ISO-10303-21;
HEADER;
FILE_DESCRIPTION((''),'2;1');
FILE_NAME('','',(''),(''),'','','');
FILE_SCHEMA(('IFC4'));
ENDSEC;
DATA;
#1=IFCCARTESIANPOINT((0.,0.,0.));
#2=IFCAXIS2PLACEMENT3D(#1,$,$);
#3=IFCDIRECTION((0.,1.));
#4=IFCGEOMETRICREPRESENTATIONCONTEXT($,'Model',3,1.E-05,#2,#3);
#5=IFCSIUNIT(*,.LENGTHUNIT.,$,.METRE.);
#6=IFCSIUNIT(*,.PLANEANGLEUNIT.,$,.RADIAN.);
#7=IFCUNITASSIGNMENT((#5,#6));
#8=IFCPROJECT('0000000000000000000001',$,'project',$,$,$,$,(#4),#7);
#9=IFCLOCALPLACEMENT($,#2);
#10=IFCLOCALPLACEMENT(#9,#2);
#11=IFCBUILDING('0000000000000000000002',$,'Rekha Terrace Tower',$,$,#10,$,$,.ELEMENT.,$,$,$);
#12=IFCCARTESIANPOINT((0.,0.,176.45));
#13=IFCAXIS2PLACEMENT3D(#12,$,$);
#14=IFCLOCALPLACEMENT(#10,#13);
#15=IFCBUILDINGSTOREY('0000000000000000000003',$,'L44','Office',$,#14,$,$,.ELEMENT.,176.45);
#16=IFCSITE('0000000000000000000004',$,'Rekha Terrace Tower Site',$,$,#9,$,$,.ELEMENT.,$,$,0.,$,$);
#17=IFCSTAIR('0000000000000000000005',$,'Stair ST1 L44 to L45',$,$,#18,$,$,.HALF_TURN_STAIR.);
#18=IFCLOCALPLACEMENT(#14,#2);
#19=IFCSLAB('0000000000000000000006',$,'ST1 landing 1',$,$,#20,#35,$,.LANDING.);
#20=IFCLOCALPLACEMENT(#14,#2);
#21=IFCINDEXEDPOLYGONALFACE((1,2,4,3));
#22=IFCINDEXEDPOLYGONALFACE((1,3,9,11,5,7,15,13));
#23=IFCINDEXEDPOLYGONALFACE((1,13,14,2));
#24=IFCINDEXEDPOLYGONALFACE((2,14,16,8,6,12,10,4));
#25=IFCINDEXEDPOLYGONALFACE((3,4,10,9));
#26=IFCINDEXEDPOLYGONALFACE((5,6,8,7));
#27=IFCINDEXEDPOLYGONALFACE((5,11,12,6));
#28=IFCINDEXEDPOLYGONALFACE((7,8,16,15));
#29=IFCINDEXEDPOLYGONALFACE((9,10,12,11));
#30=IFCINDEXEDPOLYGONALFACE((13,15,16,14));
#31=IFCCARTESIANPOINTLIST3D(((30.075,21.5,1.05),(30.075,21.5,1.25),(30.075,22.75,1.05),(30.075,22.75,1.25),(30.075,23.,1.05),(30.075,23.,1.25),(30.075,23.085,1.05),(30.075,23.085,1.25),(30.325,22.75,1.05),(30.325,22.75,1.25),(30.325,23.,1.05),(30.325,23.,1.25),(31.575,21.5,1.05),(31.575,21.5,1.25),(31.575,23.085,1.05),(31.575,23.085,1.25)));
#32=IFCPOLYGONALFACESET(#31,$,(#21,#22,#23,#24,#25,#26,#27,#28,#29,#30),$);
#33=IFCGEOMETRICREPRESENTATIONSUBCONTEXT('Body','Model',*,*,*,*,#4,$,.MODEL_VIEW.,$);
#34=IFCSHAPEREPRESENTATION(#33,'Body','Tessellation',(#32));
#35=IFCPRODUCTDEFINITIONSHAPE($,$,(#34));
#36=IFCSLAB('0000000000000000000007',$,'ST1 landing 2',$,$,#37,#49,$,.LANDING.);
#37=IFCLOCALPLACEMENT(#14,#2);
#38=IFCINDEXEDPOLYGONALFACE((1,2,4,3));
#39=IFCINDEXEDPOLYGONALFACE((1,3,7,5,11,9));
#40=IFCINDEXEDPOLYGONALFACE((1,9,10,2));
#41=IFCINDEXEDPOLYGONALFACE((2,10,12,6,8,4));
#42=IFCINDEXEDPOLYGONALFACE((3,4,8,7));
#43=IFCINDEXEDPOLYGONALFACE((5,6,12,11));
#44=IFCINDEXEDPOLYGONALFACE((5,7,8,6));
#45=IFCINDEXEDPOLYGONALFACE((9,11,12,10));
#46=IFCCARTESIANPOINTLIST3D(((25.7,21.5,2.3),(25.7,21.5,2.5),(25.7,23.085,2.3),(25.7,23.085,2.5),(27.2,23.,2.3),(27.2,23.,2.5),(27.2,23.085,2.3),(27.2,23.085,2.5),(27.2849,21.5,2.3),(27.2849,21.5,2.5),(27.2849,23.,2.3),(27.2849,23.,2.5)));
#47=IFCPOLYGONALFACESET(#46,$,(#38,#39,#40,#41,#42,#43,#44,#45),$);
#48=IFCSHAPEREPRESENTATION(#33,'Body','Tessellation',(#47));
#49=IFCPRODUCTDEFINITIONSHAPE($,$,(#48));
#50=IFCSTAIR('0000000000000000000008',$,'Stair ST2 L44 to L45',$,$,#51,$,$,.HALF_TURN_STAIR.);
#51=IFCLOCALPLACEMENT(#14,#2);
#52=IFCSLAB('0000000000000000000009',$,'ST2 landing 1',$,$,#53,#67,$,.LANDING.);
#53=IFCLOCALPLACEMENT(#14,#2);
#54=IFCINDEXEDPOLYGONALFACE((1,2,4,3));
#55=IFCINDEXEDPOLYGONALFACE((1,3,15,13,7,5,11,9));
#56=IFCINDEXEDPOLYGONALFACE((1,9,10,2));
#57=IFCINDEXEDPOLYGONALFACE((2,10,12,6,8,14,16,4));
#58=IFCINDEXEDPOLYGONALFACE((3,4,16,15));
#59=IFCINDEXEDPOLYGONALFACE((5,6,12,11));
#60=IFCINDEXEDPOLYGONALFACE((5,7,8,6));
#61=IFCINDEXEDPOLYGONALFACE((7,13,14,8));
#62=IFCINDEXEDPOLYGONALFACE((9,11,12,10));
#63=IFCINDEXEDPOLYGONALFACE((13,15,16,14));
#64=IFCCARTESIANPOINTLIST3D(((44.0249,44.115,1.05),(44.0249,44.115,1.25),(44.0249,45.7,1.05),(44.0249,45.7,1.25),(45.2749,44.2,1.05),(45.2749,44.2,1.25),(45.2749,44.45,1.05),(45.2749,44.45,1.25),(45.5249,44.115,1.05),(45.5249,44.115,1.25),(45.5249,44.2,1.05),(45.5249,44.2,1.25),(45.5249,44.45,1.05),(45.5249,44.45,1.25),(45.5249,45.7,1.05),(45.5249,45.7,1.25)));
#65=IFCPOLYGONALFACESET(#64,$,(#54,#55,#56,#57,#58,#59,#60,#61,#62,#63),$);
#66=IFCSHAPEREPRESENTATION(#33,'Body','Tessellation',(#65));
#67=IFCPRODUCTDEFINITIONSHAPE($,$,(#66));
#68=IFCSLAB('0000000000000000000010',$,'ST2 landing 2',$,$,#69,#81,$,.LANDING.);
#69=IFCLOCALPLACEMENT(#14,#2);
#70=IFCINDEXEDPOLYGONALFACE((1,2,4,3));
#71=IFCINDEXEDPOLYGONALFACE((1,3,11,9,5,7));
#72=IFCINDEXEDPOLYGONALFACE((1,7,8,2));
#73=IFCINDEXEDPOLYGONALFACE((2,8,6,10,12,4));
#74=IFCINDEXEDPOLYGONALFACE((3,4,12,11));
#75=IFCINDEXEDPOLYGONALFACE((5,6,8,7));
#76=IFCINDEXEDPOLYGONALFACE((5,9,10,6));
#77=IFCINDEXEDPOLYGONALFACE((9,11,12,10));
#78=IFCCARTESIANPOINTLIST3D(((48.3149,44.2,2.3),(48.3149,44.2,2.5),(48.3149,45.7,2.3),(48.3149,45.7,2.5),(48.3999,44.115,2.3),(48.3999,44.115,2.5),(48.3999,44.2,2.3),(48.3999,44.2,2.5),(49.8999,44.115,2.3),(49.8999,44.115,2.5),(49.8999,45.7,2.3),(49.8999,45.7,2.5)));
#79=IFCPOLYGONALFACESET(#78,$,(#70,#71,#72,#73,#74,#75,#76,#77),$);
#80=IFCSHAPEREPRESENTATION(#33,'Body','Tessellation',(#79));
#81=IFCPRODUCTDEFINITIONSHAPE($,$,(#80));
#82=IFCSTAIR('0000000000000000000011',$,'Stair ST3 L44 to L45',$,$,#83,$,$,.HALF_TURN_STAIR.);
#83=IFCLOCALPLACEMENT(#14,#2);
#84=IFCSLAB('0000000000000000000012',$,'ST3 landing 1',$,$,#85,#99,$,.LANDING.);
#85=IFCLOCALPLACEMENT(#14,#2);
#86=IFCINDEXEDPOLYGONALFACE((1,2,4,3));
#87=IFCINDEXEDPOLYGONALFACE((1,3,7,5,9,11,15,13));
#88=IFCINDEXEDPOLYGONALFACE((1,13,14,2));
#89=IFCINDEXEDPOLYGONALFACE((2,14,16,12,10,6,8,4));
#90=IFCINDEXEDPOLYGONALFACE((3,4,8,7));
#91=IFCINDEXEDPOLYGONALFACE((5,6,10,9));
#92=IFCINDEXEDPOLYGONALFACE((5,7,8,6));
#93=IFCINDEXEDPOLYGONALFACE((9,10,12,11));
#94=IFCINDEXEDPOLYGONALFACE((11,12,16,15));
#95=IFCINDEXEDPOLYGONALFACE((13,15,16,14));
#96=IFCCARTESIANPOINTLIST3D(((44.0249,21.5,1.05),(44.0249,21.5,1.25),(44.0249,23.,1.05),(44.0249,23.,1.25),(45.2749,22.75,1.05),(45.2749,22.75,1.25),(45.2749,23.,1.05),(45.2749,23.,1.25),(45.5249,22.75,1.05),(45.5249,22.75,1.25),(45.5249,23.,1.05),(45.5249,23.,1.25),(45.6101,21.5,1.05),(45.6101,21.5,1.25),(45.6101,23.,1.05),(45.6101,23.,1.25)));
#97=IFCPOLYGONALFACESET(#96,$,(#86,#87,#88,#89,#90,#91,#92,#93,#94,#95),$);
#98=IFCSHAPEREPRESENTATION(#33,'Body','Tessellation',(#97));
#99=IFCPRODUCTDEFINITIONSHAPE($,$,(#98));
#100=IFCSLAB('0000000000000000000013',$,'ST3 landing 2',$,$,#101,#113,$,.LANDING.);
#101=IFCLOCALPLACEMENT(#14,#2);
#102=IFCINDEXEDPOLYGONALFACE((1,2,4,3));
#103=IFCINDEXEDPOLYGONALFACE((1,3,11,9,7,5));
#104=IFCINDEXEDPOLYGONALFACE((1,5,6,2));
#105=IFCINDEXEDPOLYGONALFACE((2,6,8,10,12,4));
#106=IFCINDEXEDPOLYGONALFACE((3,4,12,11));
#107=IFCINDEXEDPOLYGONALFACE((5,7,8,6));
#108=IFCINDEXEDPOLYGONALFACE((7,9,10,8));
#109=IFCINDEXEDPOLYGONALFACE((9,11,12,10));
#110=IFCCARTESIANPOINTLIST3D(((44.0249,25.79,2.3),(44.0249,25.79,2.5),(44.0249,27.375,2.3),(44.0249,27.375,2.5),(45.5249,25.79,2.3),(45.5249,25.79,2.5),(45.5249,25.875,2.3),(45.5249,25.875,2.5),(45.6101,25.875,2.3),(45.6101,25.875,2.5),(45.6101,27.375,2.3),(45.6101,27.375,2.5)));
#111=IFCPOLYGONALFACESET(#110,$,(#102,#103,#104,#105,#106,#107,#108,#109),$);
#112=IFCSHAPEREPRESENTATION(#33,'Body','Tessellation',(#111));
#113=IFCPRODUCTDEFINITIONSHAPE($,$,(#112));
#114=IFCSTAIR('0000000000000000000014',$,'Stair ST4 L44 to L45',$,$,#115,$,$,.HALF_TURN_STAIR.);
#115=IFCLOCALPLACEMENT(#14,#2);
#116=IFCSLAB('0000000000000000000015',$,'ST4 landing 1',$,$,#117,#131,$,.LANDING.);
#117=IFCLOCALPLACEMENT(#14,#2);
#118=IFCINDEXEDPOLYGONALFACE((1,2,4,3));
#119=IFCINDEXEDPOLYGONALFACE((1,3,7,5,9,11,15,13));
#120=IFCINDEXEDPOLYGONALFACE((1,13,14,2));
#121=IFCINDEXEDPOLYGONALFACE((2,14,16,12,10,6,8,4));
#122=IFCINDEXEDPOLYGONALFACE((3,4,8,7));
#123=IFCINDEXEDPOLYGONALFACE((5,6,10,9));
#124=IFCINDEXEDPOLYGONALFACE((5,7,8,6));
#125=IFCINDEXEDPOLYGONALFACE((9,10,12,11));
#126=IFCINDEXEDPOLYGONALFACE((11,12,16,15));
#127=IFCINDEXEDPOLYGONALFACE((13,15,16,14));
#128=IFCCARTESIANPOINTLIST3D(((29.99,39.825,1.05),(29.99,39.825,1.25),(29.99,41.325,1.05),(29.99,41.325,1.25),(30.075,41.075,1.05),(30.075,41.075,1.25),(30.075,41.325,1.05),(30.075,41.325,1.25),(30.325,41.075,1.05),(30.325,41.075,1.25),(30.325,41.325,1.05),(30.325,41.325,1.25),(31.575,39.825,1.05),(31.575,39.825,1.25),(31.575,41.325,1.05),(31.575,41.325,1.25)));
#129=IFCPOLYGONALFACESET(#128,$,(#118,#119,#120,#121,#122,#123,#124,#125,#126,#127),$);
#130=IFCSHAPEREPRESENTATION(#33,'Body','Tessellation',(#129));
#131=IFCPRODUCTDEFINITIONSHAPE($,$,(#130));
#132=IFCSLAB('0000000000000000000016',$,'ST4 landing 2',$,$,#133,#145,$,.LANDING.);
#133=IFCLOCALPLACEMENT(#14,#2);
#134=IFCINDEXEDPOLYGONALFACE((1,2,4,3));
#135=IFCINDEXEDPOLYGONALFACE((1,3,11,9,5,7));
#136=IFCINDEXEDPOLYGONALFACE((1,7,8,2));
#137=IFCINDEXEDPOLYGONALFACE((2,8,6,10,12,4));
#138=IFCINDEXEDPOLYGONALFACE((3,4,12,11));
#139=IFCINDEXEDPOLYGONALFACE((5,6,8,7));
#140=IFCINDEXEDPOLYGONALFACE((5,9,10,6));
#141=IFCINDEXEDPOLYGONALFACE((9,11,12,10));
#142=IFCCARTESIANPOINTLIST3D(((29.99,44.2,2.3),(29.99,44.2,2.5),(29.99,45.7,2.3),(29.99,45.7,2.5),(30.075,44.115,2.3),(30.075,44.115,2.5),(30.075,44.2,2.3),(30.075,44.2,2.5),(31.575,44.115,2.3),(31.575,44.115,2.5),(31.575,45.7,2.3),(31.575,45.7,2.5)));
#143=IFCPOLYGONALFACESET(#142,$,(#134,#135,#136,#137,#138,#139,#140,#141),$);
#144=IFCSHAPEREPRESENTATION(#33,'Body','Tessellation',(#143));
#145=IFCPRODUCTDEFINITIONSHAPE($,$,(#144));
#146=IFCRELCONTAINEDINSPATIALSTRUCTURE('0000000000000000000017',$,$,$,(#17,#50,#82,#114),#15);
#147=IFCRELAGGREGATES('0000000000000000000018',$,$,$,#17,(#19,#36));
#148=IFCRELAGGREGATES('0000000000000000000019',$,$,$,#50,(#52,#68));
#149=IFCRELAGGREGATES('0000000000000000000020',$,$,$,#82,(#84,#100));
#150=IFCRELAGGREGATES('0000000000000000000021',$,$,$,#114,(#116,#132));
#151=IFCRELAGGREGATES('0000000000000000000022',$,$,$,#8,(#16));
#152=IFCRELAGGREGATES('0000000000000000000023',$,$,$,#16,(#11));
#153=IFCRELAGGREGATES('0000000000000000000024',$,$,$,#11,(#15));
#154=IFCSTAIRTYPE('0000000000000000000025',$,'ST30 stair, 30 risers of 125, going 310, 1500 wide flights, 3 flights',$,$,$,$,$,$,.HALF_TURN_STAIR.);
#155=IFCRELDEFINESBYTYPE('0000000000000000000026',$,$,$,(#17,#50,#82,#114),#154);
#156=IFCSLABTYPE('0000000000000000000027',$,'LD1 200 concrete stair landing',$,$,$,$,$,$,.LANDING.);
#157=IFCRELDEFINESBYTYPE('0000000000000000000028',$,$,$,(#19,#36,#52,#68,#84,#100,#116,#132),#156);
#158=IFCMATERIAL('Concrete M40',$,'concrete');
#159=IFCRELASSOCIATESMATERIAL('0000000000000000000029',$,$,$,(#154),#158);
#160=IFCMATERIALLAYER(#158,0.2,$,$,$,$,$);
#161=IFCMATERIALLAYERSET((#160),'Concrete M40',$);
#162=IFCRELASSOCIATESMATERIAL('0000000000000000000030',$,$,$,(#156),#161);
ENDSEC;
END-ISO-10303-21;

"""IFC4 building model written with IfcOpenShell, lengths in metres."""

from ifc_helpers import new_model, si_unit, direction, frame, origin, place, context, subcontext, project, spatial, polyline, outline, extrude, material, layer, layer_set, type_object, element, aggregate, save


model = new_model("IFC4")

# Units and contexts
model_context = context("Model", 3, precision=1e-05, world=origin(), true_north=direction((0.0, 1.0)))
body_context = subcontext(model_context, "Body", "Model", "MODEL_VIEW")
ifc_project = project(units=[si_unit("LENGTHUNIT", "METRE"), si_unit("PLANEANGLEUNIT", "RADIAN")], contexts=[model_context])

# Site, building, storey
site_placement = place(None, origin())
site = spatial("IfcSite", under=ifc_project, at=site_placement, Name="Rekha Terrace Tower Site", CompositionType="ELEMENT", RefElevation=0.0)
building_placement = place(site_placement, origin())
building = spatial("IfcBuilding", under=site, at=building_placement, Name="Rekha Terrace Tower", CompositionType="ELEMENT")
storey_placement = place(building_placement, frame((0.0, 0.0, 176.45)))
storey = spatial("IfcBuildingStorey", under=building, at=storey_placement, Name="L44", Description="Office", CompositionType="ELEMENT", Elevation=176.45)

# Stairs, slabs
ifc_material_1 = material(Name="Concrete M40", Category="concrete")
stair_type = type_object("IfcStairType", Name="ST30 stair, 30 risers of 125, going 310, 1500 wide flights, 3 flights", PredefinedType="HALF_TURN_STAIR", material=ifc_material_1)
stair_1_placement = place(storey_placement, origin())
stair_1 = element("IfcStair", 1, at=stair_1_placement, inside=storey, type_object=stair_type, Name="Stair ST1 L44 to L45", PredefinedType="HALF_TURN_STAIR")
ifc_layer_1 = layer(ifc_material_1, 0.2)
ifc_layer_set_1 = layer_set([ifc_layer_1], Name="Concrete M40")
slab_type_1 = type_object("IfcSlabType", Name="LD1 200 concrete stair landing", PredefinedType="LANDING", material=ifc_layer_set_1)
slab_1_placement = place(storey_placement, frame((0.0, 0.0, 1.05)))
slab_1 = element("IfcSlab", 2, at=slab_1_placement, type_object=slab_type_1, Name="ST1 landing 1", PredefinedType="LANDING", context=body_context, shape_type="SweptSolid", body=[
    extrude(outline(polyline([(30.075, 21.5), (31.575, 21.5), (31.575, 23.085), (30.075, 23.085), (30.075, 23.0), (30.325, 23.0), (30.325, 22.75), (30.075, 22.75), (30.075, 21.5)])), origin(), (0.0, 0.0, 1.0), 0.2),
])
slab_2_placement = place(storey_placement, frame((0.0, 0.0, 2.3)))
slab_2 = element("IfcSlab", 3, at=slab_2_placement, type_object=slab_type_1, Name="ST1 landing 2", PredefinedType="LANDING", context=body_context, shape_type="SweptSolid", body=[
    extrude(outline(polyline([(27.2, 23.085), (25.7, 23.085), (25.7, 21.5), (27.2849, 21.5), (27.2849, 23.0), (27.2, 23.0), (27.2, 23.085)])), origin(), (0.0, 0.0, 1.0), 0.2),
])
aggregate(stair_1, [slab_1, slab_2])
stair_2_placement = place(storey_placement, origin())
stair_2 = element("IfcStair", 4, at=stair_2_placement, inside=storey, type_object=stair_type, Name="Stair ST2 L44 to L45", PredefinedType="HALF_TURN_STAIR")
slab_3_placement = place(storey_placement, frame((0.0, 0.0, 1.05)))
slab_3 = element("IfcSlab", 5, at=slab_3_placement, type_object=slab_type_1, Name="ST2 landing 1", PredefinedType="LANDING", context=body_context, shape_type="SweptSolid", body=[
    extrude(outline(polyline([(45.5249, 45.7), (44.0249, 45.7), (44.0249, 44.115), (45.5249, 44.115), (45.5249, 44.2), (45.2749, 44.2), (45.2749, 44.45), (45.5249, 44.45), (45.5249, 45.7)])), origin(), (0.0, 0.0, 1.0), 0.2),
])
slab_4_placement = place(storey_placement, frame((0.0, 0.0, 2.3)))
slab_4 = element("IfcSlab", 6, at=slab_4_placement, type_object=slab_type_1, Name="ST2 landing 2", PredefinedType="LANDING", context=body_context, shape_type="SweptSolid", body=[
    extrude(outline(polyline([(48.3999, 44.115), (49.8999, 44.115), (49.8999, 45.7), (48.3149, 45.7), (48.3149, 44.2), (48.3999, 44.2), (48.3999, 44.115)])), origin(), (0.0, 0.0, 1.0), 0.2),
])
aggregate(stair_2, [slab_3, slab_4])
stair_3_placement = place(storey_placement, origin())
stair_3 = element("IfcStair", 7, at=stair_3_placement, inside=storey, type_object=stair_type, Name="Stair ST3 L44 to L45", PredefinedType="HALF_TURN_STAIR")
slab_5_placement = place(storey_placement, frame((0.0, 0.0, 1.05)))
slab_5 = element("IfcSlab", 8, at=slab_5_placement, type_object=slab_type_1, Name="ST3 landing 1", PredefinedType="LANDING", context=body_context, shape_type="SweptSolid", body=[
    extrude(outline(polyline([(44.0249, 23.0), (44.0249, 21.5), (45.6101, 21.5), (45.6101, 23.0), (45.5249, 23.0), (45.5249, 22.75), (45.2749, 22.75), (45.2749, 23.0), (44.0249, 23.0)])), origin(), (0.0, 0.0, 1.0), 0.2),
])
slab_6_placement = place(storey_placement, frame((0.0, 0.0, 2.3)))
slab_6 = element("IfcSlab", 9, at=slab_6_placement, type_object=slab_type_1, Name="ST3 landing 2", PredefinedType="LANDING", context=body_context, shape_type="SweptSolid", body=[
    extrude(outline(polyline([(45.6101, 25.875), (45.6101, 27.375), (44.0249, 27.375), (44.0249, 25.79), (45.5249, 25.79), (45.5249, 25.875), (45.6101, 25.875)])), origin(), (0.0, 0.0, 1.0), 0.2),
])
aggregate(stair_3, [slab_5, slab_6])
stair_4_placement = place(storey_placement, origin())
stair_4 = element("IfcStair", 10, at=stair_4_placement, inside=storey, type_object=stair_type, Name="Stair ST4 L44 to L45", PredefinedType="HALF_TURN_STAIR")
slab_7_placement = place(storey_placement, frame((0.0, 0.0, 1.05)))
slab_7 = element("IfcSlab", 11, at=slab_7_placement, type_object=slab_type_1, Name="ST4 landing 1", PredefinedType="LANDING", context=body_context, shape_type="SweptSolid", body=[
    extrude(outline(polyline([(31.575, 41.325), (31.575, 39.825), (29.99, 39.825), (29.99, 41.325), (30.075, 41.325), (30.075, 41.075), (30.325, 41.075), (30.325, 41.325), (31.575, 41.325)])), origin(), (0.0, 0.0, 1.0), 0.2),
])
slab_8_placement = place(storey_placement, frame((0.0, 0.0, 2.3)))
slab_8 = element("IfcSlab", 12, at=slab_8_placement, type_object=slab_type_1, Name="ST4 landing 2", PredefinedType="LANDING", context=body_context, shape_type="SweptSolid", body=[
    extrude(outline(polyline([(29.99, 44.2), (29.99, 45.7), (31.575, 45.7), (31.575, 44.115), (30.075, 44.115), (30.075, 44.2), (29.99, 44.2)])), origin(), (0.0, 0.0, 1.0), 0.2),
])
aggregate(stair_4, [slab_7, slab_8])

save(model, "model.ifc")
